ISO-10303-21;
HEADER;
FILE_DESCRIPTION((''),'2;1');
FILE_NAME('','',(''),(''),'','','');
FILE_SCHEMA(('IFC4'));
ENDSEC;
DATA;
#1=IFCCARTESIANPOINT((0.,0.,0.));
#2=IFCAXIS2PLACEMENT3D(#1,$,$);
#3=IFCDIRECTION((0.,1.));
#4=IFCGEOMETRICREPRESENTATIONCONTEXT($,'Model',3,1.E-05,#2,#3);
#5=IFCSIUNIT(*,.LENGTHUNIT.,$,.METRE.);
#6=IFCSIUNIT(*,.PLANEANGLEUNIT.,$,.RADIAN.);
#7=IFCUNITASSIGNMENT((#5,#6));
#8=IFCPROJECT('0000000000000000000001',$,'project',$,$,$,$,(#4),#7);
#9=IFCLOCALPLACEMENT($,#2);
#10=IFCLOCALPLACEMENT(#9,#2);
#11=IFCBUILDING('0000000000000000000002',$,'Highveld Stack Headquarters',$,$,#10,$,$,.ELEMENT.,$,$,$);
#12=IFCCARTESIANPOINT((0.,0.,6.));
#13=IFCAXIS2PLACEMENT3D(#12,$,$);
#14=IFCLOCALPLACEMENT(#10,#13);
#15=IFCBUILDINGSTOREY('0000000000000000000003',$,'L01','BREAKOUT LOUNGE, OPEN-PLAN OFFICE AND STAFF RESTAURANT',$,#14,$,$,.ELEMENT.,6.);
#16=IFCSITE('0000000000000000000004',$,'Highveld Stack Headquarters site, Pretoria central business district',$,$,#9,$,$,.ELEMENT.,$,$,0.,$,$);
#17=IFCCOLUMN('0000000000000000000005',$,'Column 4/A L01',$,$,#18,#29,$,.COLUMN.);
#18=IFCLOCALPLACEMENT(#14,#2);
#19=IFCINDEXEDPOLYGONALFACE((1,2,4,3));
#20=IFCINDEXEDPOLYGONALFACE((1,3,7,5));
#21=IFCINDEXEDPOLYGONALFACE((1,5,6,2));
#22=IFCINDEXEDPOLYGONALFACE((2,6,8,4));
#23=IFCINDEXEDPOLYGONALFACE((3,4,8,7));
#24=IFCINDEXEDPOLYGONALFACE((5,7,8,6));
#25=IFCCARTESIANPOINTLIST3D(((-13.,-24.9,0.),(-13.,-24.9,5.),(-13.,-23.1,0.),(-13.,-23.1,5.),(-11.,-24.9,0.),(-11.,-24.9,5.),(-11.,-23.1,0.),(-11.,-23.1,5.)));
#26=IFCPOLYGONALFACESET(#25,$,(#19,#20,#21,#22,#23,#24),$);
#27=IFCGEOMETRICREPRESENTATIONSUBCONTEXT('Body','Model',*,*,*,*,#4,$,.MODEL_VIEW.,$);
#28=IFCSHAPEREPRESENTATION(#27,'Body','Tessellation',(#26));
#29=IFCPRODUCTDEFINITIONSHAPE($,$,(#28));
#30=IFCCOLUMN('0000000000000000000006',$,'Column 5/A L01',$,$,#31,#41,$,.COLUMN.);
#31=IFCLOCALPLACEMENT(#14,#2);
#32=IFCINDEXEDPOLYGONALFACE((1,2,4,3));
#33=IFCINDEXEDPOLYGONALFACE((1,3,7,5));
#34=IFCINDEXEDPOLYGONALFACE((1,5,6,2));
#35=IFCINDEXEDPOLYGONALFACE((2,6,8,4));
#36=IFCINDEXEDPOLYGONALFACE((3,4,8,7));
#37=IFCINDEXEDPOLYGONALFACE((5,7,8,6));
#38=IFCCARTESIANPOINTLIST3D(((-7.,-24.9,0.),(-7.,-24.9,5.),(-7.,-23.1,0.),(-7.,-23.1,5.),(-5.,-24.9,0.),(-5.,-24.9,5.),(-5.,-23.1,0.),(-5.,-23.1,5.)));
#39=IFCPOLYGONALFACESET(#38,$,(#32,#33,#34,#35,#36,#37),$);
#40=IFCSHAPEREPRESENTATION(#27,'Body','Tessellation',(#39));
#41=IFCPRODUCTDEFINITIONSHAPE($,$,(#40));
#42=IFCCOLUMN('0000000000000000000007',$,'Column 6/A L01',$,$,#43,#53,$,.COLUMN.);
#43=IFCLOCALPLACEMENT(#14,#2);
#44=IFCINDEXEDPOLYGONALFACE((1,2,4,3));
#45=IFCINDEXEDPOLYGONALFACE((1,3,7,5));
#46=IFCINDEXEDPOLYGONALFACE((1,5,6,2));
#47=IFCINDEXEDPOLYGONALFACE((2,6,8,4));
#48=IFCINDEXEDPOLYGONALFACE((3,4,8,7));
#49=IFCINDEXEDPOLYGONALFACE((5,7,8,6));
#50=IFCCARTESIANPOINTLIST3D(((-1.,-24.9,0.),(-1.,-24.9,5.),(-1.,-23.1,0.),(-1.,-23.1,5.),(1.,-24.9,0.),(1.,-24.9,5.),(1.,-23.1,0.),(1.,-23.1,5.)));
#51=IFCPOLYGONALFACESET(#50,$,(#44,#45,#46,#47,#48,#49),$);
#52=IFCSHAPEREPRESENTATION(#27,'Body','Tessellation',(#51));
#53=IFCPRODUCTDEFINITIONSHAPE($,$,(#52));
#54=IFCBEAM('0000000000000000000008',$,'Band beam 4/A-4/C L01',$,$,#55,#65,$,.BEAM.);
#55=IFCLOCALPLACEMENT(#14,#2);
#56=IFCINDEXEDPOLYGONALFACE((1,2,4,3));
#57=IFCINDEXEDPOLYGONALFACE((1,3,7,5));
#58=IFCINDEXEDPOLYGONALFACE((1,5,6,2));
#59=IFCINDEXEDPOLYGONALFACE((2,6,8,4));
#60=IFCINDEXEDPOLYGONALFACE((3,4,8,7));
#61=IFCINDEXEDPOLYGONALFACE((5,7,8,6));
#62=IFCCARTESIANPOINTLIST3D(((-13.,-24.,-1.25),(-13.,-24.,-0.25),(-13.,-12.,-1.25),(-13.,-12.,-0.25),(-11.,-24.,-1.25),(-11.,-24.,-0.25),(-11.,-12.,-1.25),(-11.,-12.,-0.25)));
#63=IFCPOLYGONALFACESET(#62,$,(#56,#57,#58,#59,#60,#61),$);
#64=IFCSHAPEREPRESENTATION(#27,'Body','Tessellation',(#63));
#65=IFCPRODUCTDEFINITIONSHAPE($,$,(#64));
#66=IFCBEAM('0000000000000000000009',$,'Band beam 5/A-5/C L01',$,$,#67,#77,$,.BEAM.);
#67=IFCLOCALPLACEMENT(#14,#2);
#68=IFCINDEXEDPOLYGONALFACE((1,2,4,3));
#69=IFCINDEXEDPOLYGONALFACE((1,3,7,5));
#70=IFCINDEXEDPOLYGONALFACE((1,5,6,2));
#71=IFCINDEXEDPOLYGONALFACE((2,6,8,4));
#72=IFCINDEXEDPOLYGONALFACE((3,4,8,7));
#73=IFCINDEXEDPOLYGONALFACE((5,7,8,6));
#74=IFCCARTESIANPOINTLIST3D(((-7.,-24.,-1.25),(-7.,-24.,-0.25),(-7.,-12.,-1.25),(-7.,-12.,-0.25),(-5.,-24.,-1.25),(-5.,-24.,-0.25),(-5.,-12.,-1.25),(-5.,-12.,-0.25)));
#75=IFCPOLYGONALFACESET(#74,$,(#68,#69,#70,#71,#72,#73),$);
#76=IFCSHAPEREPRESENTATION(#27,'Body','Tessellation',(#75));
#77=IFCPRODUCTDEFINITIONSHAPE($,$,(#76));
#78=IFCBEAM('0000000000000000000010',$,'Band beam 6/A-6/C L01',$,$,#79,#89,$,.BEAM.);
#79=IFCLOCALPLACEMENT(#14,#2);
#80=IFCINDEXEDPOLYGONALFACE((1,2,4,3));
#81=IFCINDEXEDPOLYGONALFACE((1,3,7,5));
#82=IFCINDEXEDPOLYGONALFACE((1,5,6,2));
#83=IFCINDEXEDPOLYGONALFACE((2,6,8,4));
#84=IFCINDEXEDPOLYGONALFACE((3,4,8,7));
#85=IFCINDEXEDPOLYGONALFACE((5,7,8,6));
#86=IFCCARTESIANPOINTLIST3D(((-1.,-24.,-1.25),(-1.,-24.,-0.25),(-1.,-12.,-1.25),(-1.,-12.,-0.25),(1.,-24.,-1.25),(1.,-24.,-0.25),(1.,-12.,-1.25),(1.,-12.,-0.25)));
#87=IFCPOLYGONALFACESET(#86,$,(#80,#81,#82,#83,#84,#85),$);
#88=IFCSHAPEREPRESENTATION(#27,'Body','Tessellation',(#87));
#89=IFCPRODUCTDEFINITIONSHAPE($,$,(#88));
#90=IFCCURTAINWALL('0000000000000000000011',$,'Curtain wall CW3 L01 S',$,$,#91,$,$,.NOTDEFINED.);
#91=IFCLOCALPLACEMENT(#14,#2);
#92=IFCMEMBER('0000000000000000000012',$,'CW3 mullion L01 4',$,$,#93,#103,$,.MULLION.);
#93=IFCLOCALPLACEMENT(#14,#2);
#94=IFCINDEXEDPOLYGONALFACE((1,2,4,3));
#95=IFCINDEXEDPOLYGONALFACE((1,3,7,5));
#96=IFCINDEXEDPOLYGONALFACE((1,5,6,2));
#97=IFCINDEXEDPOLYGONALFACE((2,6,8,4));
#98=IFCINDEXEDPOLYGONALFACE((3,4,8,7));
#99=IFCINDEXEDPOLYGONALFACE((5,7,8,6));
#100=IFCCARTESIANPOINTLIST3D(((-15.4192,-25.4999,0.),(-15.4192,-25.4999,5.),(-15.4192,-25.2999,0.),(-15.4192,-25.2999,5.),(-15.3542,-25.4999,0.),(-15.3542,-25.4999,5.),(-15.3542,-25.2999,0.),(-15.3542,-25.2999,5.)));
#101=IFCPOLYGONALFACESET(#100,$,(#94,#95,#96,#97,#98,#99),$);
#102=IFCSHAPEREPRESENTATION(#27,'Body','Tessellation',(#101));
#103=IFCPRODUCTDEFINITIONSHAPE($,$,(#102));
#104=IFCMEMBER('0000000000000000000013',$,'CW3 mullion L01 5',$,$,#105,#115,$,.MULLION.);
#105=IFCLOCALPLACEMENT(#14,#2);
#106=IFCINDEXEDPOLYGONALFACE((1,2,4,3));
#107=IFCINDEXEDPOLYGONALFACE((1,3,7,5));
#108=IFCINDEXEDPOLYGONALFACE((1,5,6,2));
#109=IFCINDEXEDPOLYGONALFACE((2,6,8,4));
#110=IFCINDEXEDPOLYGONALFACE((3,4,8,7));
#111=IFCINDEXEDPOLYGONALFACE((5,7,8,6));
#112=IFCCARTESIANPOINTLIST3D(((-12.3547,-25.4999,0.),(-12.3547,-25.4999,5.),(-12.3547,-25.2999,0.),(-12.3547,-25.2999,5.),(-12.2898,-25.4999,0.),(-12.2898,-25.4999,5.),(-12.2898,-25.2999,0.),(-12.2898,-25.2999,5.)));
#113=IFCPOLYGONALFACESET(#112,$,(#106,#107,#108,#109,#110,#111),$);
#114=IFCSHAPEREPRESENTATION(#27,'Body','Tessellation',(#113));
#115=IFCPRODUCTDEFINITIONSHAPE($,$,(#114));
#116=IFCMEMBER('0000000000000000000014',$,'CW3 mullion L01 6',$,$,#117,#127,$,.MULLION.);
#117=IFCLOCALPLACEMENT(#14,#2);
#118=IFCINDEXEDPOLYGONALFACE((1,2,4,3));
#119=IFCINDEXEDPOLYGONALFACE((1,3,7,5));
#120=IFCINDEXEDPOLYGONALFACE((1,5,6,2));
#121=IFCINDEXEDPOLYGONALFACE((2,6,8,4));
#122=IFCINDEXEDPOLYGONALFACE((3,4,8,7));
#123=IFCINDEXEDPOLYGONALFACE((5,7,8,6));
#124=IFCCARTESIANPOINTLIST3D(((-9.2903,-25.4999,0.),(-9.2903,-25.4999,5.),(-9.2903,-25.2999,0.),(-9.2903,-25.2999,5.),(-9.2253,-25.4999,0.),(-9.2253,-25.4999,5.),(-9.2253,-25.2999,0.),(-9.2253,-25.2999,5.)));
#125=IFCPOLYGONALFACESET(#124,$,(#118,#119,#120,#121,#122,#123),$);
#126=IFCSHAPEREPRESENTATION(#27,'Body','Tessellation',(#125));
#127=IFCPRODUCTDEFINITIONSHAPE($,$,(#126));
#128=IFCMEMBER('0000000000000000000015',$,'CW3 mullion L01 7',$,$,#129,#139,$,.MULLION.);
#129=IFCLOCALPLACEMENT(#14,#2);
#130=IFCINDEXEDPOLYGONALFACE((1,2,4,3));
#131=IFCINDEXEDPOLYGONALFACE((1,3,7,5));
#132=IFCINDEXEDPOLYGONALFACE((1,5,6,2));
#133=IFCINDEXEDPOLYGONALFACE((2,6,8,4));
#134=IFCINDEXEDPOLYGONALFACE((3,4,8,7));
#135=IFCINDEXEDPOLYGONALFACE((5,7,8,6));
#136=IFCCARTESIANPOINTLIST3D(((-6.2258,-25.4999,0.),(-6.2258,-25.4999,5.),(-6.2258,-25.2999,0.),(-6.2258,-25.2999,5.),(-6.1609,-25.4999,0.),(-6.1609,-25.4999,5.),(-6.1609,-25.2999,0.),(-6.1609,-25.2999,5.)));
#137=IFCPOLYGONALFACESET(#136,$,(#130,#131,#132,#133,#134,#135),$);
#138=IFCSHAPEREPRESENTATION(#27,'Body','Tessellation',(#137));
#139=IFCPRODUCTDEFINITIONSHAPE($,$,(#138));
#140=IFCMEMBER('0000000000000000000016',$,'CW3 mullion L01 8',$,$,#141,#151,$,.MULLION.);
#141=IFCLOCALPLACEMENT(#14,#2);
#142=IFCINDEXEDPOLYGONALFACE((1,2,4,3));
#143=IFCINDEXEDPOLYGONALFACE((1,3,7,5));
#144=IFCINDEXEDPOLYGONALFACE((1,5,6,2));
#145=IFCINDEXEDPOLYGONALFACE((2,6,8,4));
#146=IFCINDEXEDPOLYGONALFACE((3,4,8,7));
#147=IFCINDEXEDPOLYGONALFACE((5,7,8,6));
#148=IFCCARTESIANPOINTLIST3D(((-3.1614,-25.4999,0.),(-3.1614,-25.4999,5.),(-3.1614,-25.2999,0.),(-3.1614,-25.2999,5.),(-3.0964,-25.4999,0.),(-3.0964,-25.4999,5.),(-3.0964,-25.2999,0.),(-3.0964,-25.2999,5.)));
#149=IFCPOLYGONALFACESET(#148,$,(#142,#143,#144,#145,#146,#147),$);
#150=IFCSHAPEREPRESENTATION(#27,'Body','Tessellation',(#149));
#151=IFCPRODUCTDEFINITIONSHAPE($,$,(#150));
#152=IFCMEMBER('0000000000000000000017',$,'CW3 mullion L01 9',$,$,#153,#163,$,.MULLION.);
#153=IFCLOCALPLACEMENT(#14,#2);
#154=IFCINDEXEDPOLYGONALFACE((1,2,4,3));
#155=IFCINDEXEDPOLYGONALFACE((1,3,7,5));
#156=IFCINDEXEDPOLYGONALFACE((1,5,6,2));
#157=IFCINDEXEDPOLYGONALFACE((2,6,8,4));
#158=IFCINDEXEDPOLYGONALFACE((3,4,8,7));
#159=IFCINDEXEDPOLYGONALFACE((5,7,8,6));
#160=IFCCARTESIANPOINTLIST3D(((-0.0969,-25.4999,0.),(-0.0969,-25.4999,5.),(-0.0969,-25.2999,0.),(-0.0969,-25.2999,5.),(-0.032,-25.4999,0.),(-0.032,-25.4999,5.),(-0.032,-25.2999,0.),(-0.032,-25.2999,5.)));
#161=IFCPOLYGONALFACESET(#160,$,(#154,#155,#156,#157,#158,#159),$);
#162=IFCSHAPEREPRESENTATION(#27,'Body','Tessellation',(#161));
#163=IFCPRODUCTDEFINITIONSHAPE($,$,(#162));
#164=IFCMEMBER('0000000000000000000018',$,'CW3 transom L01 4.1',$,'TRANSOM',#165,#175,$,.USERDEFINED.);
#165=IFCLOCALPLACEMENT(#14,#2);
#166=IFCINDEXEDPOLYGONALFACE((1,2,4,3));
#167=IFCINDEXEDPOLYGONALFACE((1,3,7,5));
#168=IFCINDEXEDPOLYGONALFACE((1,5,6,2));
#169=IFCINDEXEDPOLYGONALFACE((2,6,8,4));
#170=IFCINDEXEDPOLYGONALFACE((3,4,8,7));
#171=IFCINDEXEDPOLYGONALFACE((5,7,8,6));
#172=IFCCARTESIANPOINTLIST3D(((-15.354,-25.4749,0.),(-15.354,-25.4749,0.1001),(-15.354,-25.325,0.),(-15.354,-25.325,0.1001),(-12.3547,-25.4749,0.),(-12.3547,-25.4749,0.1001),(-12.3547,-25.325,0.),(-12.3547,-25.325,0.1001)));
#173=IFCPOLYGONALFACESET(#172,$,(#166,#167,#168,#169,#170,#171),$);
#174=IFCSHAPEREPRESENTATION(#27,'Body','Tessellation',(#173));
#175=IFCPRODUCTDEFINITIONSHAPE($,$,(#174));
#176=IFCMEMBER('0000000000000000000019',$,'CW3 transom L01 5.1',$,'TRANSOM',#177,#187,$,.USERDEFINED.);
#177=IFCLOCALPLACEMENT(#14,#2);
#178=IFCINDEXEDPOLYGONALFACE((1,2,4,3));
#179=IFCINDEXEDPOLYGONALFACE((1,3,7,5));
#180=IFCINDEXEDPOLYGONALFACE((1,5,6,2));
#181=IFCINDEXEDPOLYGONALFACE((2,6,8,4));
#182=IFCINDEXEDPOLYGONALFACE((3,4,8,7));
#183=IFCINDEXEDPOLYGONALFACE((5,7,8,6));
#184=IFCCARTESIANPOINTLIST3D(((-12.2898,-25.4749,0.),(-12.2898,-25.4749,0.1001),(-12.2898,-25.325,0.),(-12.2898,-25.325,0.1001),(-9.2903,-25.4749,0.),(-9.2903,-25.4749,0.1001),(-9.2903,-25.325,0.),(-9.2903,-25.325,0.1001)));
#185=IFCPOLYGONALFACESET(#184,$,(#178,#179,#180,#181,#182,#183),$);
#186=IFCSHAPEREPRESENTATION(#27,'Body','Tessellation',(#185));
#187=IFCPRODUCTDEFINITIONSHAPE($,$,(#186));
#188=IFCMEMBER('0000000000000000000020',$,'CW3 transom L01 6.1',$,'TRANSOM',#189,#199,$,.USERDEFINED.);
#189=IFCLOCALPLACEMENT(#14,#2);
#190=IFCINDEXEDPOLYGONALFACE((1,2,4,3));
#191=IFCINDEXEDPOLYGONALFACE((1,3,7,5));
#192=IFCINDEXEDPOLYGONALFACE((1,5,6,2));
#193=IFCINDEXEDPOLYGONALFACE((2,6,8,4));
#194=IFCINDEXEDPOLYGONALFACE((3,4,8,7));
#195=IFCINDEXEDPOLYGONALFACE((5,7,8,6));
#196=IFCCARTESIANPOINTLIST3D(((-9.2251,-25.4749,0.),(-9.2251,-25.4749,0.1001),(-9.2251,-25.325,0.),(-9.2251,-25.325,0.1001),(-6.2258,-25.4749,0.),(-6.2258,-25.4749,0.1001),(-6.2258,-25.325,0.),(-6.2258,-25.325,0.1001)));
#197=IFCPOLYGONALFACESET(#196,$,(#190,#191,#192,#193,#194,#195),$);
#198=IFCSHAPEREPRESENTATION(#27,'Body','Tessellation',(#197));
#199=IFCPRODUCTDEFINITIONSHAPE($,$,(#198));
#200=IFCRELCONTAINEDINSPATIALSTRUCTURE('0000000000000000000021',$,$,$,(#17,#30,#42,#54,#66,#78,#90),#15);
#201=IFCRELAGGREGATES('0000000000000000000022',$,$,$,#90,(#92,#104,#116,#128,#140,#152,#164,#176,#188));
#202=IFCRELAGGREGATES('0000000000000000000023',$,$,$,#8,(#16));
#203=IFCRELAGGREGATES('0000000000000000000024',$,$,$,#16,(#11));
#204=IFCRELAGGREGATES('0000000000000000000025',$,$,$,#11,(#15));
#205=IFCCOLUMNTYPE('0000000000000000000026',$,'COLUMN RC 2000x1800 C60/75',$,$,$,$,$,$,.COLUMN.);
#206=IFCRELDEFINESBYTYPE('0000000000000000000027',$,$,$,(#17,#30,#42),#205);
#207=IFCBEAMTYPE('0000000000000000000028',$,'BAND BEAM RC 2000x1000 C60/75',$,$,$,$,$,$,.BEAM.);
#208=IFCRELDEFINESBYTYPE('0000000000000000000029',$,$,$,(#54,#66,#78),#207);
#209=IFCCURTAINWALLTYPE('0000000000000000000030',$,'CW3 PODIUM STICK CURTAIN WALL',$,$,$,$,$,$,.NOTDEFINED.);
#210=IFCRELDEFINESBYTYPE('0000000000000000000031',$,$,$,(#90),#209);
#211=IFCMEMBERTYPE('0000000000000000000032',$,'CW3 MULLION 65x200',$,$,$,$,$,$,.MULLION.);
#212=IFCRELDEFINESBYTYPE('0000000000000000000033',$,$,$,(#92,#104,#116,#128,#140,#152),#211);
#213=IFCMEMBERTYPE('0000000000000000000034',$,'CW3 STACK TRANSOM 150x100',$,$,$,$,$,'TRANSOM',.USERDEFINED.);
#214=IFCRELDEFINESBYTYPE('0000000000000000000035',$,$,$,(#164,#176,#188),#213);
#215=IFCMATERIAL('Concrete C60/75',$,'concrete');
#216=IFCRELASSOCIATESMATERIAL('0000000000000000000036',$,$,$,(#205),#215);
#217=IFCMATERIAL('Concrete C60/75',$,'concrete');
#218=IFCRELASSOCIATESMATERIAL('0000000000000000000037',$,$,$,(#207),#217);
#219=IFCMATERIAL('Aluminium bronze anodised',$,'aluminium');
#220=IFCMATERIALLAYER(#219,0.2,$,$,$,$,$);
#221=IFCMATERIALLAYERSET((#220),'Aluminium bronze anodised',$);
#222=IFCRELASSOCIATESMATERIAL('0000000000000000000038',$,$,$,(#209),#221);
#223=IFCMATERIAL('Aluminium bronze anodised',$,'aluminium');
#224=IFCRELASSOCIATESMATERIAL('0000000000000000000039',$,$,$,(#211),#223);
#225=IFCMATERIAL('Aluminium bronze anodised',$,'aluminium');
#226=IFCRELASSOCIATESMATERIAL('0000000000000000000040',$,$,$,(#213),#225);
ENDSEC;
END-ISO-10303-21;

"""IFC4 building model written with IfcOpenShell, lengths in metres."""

from ifc_helpers import new_model, si_unit, direction, frame, origin, origin_2d, place, context, subcontext, project, spatial, rectangle, extrude, material, layer, layer_set, material_profile, profile_set, type_object, element, aggregate, save


model = new_model("IFC4")

# Units and contexts
model_context = context("Model", 3, precision=1e-05, world=origin(), true_north=direction((0.0, 1.0)))
body_context = subcontext(model_context, "Body", "Model", "MODEL_VIEW")
ifc_project = project(units=[si_unit("LENGTHUNIT", "METRE"), si_unit("PLANEANGLEUNIT", "RADIAN")], contexts=[model_context])

# Site, building, storey
site_placement = place(None, origin())
site = spatial("IfcSite", under=ifc_project, at=site_placement, Name="Highveld Stack Headquarters site, Pretoria central business district", CompositionType="ELEMENT", RefElevation=0.0)
building_placement = place(site_placement, origin())
building = spatial("IfcBuilding", under=site, at=building_placement, Name="Highveld Stack Headquarters", CompositionType="ELEMENT")
storey_placement = place(building_placement, frame((0.0, 0.0, 6.0)))
storey = spatial("IfcBuildingStorey", under=building, at=storey_placement, Name="L01", Description="BREAKOUT LOUNGE, OPEN-PLAN OFFICE AND STAFF RESTAURANT", CompositionType="ELEMENT", Elevation=6.0)

# Columns
ifc_material_1 = material(Name="Concrete C60/75", Category="concrete")
ifc_material_profile_1 = material_profile(ifc_material_1, rectangle(XDim=2.0, YDim=1.8, at=origin_2d()), Name="RC 2000x1800")
ifc_profile_set_1 = profile_set([ifc_material_profile_1], Name="Concrete C60/75")
column_type = type_object("IfcColumnType", Name="COLUMN RC 2000x1800 C60/75", PredefinedType="COLUMN", material=ifc_profile_set_1)
for number, where, z_axis, x_axis, name in (
    (1, (-12.0, -24.0, 0.0), (0.0, 0.0, 1.0), (1.0, 0.0, 0.0), "Column 4/A L01"),
    (2, (-6.0, -24.0, 0.0), (0.0, 0.0, 1.0), (1.0, 0.0, 0.0), "Column 5/A L01"),
    (3, (0.0, -24.0, 0.0), (0.0, 0.0, 1.0), (1.0, 0.0, 0.0), "Column 6/A L01"),
):
    element("IfcColumn", number, at=place(storey_placement, frame(where, z_axis=z_axis, x_axis=x_axis)), inside=storey, type_object=column_type, Name=name, PredefinedType="COLUMN", context=body_context, shape_type="SweptSolid", body=[
        extrude(rectangle(XDim=2.0, YDim=1.8, at=origin_2d()), origin(), (0.0, 0.0, 1.0), 5.0),
    ])

# Beams
ifc_material_2 = material(Name="Concrete C60/75", Category="concrete")
ifc_material_profile_2 = material_profile(ifc_material_2, rectangle(XDim=2.0, YDim=1.0, at=origin_2d()), Name="RC 2000x1000")
ifc_profile_set_2 = profile_set([ifc_material_profile_2], Name="Concrete C60/75")
beam_type = type_object("IfcBeamType", Name="BAND BEAM RC 2000x1000 C60/75", PredefinedType="BEAM", material=ifc_profile_set_2)
for number, where, z_axis, x_axis, name in (
    (4, (-12.0, -24.0, -0.75), (0.0, 1.0, 0.0), (-1.0, 0.0, 0.0), "Band beam 4/A-4/C L01"),
    (5, (-6.0, -24.0, -0.75), (0.0, 1.0, 0.0), (-1.0, 0.0, 0.0), "Band beam 5/A-5/C L01"),
    (6, (0.0, -24.0, -0.75), (0.0, 1.0, 0.0), (-1.0, 0.0, 0.0), "Band beam 6/A-6/C L01"),
):
    element("IfcBeam", number, at=place(storey_placement, frame(where, z_axis=z_axis, x_axis=x_axis)), inside=storey, type_object=beam_type, Name=name, PredefinedType="BEAM", context=body_context, shape_type="SweptSolid", body=[
        extrude(rectangle(XDim=2.0, YDim=1.0, at=origin_2d()), origin(), (0.0, 0.0, 1.0), 12.0),
    ])

# Curtain wall, members
ifc_material_3 = material(Name="Aluminium bronze anodised", Category="aluminium")
ifc_layer_1 = layer(ifc_material_3, 0.2)
ifc_layer_set_1 = layer_set([ifc_layer_1], Name="Aluminium bronze anodised")
curtain_wall_type = type_object("IfcCurtainWallType", Name="CW3 PODIUM STICK CURTAIN WALL", PredefinedType="NOTDEFINED", material=ifc_layer_set_1)
curtain_wall_placement = place(storey_placement, origin())
curtain_wall = element("IfcCurtainWall", 7, at=curtain_wall_placement, inside=storey, type_object=curtain_wall_type, Name="Curtain wall CW3 L01 S", PredefinedType="NOTDEFINED")
ifc_material_4 = material(Name="Aluminium bronze anodised", Category="aluminium")
ifc_material_profile_3 = material_profile(ifc_material_4, rectangle(XDim=0.2, YDim=0.0649, at=origin_2d()), Name="CW3 MULLION 65x200")
ifc_profile_set_3 = profile_set([ifc_material_profile_3], Name="Aluminium bronze anodised")
member_type_1 = type_object("IfcMemberType", Name="CW3 MULLION 65x200", PredefinedType="MULLION", material=ifc_profile_set_3)
member_1_placement = place(storey_placement, frame((-15.3867, -25.3999, 0.0), z_axis=(0.0, 0.0, 1.0), x_axis=(0.0, 1.0, 0.0)))
member_1 = element("IfcMember", 8, at=member_1_placement, type_object=member_type_1, Name="CW3 mullion L01 4", PredefinedType="MULLION", context=body_context, shape_type="SweptSolid", body=[
    extrude(rectangle(XDim=0.2, YDim=0.0649, at=origin_2d()), origin(), (0.0, 0.0, 1.0), 5.0),
])
member_2_placement = place(storey_placement, frame((-12.3223, -25.3999, 0.0), z_axis=(0.0, 0.0, 1.0), x_axis=(0.0, 1.0, 0.0)))
member_2 = element("IfcMember", 9, at=member_2_placement, type_object=member_type_1, Name="CW3 mullion L01 5", PredefinedType="MULLION", context=body_context, shape_type="SweptSolid", body=[
    extrude(rectangle(XDim=0.2, YDim=0.0649, at=origin_2d()), origin(), (0.0, 0.0, 1.0), 5.0),
])
member_3_placement = place(storey_placement, frame((-9.2578, -25.3999, 0.0), z_axis=(0.0, 0.0, 1.0), x_axis=(0.0, 1.0, 0.0)))
member_3 = element("IfcMember", 10, at=member_3_placement, type_object=member_type_1, Name="CW3 mullion L01 6", PredefinedType="MULLION", context=body_context, shape_type="SweptSolid", body=[
    extrude(rectangle(XDim=0.2, YDim=0.0649, at=origin_2d()), origin(), (0.0, 0.0, 1.0), 5.0),
])
member_4_placement = place(storey_placement, frame((-6.1934, -25.3999, 0.0), z_axis=(0.0, 0.0, 1.0), x_axis=(0.0, 1.0, 0.0)))
member_4 = element("IfcMember", 11, at=member_4_placement, type_object=member_type_1, Name="CW3 mullion L01 7", PredefinedType="MULLION", context=body_context, shape_type="SweptSolid", body=[
    extrude(rectangle(XDim=0.2, YDim=0.0649, at=origin_2d()), origin(), (0.0, 0.0, 1.0), 5.0),
])
member_5_placement = place(storey_placement, frame((-3.1289, -25.3999, 0.0), z_axis=(0.0, 0.0, 1.0), x_axis=(0.0, 1.0, 0.0)))
member_5 = element("IfcMember", 12, at=member_5_placement, type_object=member_type_1, Name="CW3 mullion L01 8", PredefinedType="MULLION", context=body_context, shape_type="SweptSolid", body=[
    extrude(rectangle(XDim=0.2, YDim=0.0649, at=origin_2d()), origin(), (0.0, 0.0, 1.0), 5.0),
])
member_6_placement = place(storey_placement, frame((-0.0645, -25.3999, 0.0), z_axis=(0.0, 0.0, 1.0), x_axis=(0.0, 1.0, 0.0)))
member_6 = element("IfcMember", 13, at=member_6_placement, type_object=member_type_1, Name="CW3 mullion L01 9", PredefinedType="MULLION", context=body_context, shape_type="SweptSolid", body=[
    extrude(rectangle(XDim=0.2, YDim=0.0649, at=origin_2d()), origin(), (0.0, 0.0, 1.0), 5.0),
])
ifc_material_5 = material(Name="Aluminium bronze anodised", Category="aluminium")
ifc_material_profile_4 = material_profile(ifc_material_5, rectangle(XDim=0.1499, YDim=0.1001, at=origin_2d()), Name="CW3 TRANSOM 150x100")
ifc_profile_set_4 = profile_set([ifc_material_profile_4], Name="Aluminium bronze anodised")
member_type_2 = type_object("IfcMemberType", Name="CW3 STACK TRANSOM 150x100", ElementType="TRANSOM", PredefinedType="USERDEFINED", material=ifc_profile_set_4)
member_7_placement = place(storey_placement, frame((-15.354, -25.3999, 0.05), z_axis=(1.0, 0.0, 0.0), x_axis=(0.0, 1.0, 0.0)))
member_7 = element("IfcMember", 14, at=member_7_placement, type_object=member_type_2, Name="CW3 transom L01 4.1", ObjectType="TRANSOM", PredefinedType="USERDEFINED", context=body_context, shape_type="SweptSolid", body=[
    extrude(rectangle(XDim=0.1499, YDim=0.1001, at=origin_2d()), origin(), (0.0, 0.0, 1.0), 2.9993),
])
member_8_placement = place(storey_placement, frame((-12.2898, -25.3999, 0.05), z_axis=(1.0, 0.0, 0.0), x_axis=(0.0, 1.0, 0.0)))
member_8 = element("IfcMember", 15, at=member_8_placement, type_object=member_type_2, Name="CW3 transom L01 5.1", ObjectType="TRANSOM", PredefinedType="USERDEFINED", context=body_context, shape_type="SweptSolid", body=[
    extrude(rectangle(XDim=0.1499, YDim=0.1001, at=origin_2d()), origin(), (0.0, 0.0, 1.0), 2.9995),
])
member_9_placement = place(storey_placement, frame((-9.2251, -25.3999, 0.05), z_axis=(1.0, 0.0, 0.0), x_axis=(0.0, 1.0, 0.0)))
member_9 = element("IfcMember", 16, at=member_9_placement, type_object=member_type_2, Name="CW3 transom L01 6.1", ObjectType="TRANSOM", PredefinedType="USERDEFINED", context=body_context, shape_type="SweptSolid", body=[
    extrude(rectangle(XDim=0.1499, YDim=0.1001, at=origin_2d()), origin(), (0.0, 0.0, 1.0), 2.9993),
])
aggregate(curtain_wall, [member_1, member_2, member_3, member_4, member_5, member_6, member_7, member_8, member_9])

save(model, "model.ifc")
